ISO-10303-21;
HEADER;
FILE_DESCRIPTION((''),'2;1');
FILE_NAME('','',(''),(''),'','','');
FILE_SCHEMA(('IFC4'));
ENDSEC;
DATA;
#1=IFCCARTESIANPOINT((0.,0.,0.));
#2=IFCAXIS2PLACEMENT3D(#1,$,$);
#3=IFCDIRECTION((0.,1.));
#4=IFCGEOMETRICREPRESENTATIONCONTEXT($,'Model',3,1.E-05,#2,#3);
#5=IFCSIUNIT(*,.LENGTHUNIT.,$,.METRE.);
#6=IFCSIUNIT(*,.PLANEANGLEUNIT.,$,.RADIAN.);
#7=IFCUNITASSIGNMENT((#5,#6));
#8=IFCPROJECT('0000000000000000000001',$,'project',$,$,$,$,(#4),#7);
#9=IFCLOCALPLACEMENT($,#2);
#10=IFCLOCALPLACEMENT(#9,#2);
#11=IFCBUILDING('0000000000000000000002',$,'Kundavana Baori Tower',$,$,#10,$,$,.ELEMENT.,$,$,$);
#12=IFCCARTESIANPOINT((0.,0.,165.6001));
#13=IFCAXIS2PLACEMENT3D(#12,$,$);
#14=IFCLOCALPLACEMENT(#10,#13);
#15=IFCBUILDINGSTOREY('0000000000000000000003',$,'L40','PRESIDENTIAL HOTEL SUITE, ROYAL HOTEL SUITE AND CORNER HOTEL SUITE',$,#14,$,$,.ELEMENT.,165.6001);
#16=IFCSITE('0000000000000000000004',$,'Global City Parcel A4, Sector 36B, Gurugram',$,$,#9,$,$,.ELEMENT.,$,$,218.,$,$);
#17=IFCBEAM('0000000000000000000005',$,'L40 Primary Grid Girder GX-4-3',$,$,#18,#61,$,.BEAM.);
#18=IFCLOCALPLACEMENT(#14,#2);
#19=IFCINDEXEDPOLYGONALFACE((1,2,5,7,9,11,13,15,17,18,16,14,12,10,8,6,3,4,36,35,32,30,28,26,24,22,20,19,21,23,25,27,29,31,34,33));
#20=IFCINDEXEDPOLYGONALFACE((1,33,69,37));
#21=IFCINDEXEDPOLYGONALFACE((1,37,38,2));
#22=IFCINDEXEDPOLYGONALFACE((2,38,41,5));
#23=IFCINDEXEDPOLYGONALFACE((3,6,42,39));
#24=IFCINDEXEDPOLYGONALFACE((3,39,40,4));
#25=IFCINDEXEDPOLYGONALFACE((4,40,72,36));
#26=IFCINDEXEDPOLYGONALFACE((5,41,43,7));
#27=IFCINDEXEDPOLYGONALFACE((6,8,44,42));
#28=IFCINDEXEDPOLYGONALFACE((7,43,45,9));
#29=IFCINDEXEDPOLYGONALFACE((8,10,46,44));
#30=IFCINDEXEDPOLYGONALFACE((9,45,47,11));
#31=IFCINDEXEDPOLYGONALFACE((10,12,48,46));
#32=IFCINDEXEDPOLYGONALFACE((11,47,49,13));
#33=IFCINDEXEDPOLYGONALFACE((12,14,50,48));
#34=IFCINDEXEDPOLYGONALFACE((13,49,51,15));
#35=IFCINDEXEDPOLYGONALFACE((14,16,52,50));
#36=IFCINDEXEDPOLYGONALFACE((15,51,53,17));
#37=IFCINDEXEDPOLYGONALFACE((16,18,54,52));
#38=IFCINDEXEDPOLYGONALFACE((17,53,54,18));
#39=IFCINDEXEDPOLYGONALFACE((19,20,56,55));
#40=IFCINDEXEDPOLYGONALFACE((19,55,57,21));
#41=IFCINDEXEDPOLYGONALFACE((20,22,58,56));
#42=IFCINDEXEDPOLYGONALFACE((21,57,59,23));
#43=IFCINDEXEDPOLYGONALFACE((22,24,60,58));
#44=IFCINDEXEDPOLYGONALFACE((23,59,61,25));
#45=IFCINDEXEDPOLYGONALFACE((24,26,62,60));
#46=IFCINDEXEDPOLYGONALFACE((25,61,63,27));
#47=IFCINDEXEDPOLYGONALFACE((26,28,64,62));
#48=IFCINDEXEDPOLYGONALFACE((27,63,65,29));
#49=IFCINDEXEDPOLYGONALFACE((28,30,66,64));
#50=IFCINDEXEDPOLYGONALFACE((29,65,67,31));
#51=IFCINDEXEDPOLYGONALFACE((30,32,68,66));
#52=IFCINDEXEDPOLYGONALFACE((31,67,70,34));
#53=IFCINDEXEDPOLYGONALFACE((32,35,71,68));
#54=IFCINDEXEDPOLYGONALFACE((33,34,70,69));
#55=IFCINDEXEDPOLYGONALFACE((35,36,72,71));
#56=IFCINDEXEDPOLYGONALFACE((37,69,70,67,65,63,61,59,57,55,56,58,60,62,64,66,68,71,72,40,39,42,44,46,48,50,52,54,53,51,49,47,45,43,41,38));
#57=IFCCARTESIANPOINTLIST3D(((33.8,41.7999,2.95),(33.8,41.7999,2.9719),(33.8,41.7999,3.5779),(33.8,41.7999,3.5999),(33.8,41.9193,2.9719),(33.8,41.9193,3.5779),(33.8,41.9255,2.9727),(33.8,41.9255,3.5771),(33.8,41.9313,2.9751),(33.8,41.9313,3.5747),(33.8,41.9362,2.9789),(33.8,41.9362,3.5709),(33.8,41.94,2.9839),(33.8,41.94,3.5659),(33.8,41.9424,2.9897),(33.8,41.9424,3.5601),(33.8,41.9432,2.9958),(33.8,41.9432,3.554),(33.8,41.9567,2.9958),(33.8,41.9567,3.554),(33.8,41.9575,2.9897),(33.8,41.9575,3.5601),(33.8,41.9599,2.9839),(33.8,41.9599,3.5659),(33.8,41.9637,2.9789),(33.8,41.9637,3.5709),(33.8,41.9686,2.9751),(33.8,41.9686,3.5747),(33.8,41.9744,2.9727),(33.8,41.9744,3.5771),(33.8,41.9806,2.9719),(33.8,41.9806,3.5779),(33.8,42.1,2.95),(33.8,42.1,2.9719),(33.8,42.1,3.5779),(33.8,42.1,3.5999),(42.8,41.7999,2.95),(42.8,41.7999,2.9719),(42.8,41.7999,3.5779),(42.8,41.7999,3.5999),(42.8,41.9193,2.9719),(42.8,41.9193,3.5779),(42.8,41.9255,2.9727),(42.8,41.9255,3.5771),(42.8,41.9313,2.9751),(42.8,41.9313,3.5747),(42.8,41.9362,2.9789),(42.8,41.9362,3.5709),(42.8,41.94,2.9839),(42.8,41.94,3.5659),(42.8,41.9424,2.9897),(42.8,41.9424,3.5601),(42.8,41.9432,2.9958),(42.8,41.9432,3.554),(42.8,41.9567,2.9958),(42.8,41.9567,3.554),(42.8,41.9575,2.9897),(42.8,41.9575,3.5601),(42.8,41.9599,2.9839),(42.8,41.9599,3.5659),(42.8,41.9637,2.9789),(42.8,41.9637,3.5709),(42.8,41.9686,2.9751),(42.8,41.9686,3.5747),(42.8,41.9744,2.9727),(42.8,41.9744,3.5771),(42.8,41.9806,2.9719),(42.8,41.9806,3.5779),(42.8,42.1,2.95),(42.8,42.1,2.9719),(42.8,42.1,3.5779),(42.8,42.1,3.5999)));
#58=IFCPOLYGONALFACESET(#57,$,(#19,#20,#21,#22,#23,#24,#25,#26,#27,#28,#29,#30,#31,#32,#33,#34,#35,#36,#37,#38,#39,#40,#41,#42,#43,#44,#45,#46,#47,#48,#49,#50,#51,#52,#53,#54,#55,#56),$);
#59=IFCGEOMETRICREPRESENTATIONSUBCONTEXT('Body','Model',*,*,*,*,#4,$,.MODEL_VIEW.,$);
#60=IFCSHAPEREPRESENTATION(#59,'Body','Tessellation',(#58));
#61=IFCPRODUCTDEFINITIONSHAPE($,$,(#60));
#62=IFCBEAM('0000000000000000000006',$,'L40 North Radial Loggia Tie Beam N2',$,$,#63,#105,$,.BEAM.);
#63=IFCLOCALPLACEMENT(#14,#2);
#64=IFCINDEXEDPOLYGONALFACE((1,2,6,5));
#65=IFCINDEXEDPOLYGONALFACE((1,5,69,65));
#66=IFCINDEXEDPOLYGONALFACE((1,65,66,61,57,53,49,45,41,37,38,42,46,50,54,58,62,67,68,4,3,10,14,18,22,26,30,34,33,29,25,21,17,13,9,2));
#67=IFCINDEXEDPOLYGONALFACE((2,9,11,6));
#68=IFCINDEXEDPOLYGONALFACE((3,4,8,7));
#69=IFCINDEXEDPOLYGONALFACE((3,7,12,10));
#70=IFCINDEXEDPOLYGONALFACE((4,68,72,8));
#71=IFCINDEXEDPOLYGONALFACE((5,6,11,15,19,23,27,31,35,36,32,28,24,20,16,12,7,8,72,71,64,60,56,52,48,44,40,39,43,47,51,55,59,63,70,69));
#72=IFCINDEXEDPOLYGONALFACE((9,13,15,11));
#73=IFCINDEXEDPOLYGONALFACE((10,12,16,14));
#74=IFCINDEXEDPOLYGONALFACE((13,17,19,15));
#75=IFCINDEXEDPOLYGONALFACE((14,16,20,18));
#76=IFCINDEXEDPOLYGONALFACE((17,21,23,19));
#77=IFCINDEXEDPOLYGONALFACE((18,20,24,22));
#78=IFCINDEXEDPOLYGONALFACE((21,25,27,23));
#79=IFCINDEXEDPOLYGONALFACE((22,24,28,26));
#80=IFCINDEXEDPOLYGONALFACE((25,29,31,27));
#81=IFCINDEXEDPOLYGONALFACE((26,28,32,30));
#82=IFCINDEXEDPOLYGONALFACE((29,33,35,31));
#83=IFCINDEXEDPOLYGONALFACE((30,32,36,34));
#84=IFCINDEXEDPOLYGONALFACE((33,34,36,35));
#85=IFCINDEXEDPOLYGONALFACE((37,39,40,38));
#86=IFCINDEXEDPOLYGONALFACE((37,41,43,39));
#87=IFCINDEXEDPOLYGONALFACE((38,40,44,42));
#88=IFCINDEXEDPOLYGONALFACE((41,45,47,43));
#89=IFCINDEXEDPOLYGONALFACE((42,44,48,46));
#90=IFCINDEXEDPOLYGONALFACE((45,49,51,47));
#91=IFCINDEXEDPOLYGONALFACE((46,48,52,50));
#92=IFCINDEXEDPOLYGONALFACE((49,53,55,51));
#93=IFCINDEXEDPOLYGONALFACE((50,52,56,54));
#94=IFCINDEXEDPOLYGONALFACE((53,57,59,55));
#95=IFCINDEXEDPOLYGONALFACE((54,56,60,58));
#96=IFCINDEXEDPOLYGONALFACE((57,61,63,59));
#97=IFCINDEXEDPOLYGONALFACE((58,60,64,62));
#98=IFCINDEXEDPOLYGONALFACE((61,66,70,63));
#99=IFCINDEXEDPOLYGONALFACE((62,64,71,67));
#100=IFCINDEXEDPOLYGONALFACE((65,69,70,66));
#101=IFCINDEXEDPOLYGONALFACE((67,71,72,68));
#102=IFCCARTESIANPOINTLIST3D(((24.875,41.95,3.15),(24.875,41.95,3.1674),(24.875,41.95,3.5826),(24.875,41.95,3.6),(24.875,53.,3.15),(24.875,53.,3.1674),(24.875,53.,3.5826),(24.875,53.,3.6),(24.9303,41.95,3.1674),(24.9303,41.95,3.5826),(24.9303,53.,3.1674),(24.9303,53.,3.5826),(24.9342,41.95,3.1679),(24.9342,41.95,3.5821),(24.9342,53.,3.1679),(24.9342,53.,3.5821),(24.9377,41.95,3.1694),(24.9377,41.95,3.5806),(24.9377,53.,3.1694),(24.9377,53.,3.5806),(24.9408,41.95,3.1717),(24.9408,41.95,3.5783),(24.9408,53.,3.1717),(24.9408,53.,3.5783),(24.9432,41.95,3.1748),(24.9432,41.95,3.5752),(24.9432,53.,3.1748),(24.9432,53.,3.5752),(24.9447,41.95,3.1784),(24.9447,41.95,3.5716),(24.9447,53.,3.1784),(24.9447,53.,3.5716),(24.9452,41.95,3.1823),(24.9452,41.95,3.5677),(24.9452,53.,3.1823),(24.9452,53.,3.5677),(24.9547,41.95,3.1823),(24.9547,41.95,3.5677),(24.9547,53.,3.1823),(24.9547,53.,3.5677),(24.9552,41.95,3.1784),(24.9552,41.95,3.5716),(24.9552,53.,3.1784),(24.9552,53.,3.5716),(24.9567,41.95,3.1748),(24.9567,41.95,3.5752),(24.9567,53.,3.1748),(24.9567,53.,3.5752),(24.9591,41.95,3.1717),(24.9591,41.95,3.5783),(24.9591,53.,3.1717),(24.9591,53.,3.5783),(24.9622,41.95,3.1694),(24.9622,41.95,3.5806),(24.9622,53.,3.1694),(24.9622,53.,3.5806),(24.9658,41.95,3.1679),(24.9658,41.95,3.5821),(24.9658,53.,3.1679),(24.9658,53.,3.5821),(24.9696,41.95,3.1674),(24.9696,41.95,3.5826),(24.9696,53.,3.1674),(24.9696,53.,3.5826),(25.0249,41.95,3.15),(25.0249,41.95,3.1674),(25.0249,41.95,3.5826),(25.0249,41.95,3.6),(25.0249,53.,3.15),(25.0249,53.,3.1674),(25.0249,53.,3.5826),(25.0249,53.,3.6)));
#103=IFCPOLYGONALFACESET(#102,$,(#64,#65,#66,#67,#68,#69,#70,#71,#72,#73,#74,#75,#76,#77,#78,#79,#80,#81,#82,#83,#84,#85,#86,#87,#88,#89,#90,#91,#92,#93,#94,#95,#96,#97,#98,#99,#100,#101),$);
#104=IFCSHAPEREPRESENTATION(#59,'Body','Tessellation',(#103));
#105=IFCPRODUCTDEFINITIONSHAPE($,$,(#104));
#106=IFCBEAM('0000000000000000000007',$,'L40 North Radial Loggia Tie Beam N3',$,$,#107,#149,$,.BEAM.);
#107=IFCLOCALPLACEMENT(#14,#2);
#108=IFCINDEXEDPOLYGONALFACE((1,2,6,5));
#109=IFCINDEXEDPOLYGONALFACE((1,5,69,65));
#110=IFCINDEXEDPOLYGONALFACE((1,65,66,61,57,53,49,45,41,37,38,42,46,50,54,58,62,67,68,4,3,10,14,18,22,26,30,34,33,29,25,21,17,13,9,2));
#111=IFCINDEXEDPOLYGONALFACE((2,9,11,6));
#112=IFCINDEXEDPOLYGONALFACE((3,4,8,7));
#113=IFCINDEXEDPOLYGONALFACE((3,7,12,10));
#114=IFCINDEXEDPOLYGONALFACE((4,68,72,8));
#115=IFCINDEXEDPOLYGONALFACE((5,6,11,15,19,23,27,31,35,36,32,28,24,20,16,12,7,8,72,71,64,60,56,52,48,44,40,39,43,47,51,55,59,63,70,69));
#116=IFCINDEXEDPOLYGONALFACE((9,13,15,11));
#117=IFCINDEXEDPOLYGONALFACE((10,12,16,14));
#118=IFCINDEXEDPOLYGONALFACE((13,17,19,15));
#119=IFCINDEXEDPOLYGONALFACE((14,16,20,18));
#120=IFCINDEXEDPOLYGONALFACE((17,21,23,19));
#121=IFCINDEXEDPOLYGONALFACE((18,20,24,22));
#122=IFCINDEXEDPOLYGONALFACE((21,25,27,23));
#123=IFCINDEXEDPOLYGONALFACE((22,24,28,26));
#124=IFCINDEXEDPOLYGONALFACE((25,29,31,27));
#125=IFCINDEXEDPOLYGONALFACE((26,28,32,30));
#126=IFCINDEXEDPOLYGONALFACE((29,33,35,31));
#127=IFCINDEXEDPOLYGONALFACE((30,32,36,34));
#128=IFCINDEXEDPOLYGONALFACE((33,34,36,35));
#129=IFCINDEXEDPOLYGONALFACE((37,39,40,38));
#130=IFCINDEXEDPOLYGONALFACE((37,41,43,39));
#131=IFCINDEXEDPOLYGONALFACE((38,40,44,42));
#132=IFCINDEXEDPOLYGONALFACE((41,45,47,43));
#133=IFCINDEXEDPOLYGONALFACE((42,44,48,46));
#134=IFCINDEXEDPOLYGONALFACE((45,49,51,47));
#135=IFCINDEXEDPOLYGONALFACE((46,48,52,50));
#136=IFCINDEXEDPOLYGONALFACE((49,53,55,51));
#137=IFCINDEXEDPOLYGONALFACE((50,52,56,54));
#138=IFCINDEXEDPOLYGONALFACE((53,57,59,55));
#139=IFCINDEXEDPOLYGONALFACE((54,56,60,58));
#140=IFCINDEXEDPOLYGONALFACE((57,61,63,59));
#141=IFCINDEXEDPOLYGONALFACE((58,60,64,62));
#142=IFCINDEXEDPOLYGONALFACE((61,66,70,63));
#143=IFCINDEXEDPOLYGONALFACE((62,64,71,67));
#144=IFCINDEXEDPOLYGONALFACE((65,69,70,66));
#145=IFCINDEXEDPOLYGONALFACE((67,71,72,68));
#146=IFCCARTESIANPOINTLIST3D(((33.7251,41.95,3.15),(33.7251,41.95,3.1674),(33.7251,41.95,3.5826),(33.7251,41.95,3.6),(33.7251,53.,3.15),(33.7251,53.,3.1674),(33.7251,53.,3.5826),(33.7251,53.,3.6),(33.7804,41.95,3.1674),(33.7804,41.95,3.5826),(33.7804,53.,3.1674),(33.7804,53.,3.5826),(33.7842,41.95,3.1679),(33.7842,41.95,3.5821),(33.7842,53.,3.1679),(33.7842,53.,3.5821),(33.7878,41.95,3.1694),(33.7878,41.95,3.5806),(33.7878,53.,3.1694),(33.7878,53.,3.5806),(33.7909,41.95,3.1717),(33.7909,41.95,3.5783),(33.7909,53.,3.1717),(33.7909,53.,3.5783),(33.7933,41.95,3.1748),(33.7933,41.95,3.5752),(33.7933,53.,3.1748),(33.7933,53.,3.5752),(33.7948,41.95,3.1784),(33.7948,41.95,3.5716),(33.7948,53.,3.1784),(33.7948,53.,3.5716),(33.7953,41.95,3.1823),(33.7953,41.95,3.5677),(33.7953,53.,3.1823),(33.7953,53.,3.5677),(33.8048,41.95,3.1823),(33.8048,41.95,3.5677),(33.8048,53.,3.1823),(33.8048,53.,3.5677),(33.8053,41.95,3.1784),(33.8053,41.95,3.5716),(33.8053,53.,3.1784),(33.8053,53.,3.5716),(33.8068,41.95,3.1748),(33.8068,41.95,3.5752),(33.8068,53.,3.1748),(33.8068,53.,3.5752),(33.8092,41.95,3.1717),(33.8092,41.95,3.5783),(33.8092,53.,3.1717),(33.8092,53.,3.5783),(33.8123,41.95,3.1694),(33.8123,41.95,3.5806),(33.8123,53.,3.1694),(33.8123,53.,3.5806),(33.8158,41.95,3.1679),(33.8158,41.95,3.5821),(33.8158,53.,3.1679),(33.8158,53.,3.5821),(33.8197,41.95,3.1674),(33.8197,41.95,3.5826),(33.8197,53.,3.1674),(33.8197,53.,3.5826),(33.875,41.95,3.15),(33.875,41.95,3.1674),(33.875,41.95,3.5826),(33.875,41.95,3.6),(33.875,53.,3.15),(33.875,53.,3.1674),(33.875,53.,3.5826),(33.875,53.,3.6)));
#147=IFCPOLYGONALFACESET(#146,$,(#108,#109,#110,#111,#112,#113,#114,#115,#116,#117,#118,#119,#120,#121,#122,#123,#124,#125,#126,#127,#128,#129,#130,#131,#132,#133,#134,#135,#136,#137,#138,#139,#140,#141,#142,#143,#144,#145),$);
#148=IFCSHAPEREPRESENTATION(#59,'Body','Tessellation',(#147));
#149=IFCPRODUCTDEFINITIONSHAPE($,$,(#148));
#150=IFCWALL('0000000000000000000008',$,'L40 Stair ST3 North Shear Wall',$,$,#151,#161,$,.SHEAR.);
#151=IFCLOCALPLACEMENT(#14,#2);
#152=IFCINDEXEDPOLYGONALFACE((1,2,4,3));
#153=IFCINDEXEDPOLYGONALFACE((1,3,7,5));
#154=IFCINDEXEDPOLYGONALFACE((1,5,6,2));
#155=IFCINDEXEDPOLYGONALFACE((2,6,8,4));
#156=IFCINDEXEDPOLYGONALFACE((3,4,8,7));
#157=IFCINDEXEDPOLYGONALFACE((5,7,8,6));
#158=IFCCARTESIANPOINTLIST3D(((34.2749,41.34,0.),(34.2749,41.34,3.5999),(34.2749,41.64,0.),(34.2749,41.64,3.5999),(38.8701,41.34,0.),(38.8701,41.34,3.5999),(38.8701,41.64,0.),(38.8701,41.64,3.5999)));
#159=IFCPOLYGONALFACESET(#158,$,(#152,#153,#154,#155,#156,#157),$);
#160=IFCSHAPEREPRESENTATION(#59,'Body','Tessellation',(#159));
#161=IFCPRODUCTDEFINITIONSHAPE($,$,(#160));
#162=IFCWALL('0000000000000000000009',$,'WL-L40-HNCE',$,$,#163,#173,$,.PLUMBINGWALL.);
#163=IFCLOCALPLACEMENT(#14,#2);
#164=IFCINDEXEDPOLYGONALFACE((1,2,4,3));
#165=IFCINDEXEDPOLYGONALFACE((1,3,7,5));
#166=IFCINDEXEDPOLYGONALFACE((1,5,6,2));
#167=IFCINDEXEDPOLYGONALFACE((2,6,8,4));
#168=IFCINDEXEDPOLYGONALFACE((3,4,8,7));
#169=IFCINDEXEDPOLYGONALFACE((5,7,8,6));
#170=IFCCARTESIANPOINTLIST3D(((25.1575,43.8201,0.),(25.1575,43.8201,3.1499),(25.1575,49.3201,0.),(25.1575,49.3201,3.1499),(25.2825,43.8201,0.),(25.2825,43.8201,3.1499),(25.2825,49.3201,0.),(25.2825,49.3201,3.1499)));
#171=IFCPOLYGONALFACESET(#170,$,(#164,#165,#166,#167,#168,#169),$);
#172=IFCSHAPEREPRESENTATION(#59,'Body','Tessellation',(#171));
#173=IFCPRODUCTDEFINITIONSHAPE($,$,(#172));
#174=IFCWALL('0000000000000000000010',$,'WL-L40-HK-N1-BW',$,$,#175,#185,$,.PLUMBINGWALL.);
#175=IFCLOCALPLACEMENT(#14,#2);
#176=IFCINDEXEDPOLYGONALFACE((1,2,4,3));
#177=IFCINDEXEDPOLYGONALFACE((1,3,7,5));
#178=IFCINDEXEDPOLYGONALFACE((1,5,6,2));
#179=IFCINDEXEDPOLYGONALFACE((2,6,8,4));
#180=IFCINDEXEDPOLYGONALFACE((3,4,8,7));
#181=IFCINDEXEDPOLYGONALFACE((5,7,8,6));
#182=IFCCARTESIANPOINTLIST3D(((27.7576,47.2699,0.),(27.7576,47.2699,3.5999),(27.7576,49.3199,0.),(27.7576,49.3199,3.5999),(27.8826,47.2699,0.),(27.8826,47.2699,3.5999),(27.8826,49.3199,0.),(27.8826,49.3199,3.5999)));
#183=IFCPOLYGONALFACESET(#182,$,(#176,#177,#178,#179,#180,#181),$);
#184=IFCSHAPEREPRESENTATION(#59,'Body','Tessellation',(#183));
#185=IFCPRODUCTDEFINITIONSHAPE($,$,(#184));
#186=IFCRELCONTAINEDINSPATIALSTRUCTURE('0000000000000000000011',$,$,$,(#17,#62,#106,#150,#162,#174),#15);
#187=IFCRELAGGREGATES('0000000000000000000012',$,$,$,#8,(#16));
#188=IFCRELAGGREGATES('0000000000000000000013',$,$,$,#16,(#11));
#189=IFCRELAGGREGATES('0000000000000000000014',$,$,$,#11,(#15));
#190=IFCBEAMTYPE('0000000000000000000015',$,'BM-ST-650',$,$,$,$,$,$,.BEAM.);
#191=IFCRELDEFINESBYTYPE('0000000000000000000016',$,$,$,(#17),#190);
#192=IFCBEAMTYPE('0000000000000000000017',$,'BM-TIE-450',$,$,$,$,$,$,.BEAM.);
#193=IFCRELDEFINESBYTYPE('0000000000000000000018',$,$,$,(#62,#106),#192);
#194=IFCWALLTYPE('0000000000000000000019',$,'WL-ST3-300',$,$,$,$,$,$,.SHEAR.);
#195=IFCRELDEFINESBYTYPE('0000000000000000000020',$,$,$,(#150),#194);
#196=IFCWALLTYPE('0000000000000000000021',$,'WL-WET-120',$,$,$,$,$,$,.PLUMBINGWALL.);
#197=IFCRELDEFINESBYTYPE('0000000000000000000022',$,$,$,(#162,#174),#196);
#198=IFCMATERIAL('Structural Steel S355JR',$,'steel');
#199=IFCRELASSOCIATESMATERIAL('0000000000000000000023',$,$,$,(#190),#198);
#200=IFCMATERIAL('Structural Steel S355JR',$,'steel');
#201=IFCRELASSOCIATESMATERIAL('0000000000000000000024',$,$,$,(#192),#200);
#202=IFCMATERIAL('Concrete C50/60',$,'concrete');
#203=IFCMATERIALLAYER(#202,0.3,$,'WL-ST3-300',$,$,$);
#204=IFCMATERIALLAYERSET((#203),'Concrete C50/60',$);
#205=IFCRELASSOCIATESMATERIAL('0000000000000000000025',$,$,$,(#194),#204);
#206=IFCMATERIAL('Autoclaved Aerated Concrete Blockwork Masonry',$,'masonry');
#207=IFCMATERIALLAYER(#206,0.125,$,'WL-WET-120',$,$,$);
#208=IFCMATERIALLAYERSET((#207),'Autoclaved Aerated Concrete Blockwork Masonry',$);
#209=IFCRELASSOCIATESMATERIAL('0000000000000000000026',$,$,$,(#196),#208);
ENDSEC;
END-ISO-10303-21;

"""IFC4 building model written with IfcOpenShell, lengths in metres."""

from ifc_helpers import new_model, si_unit, direction, frame, frame_2d, origin, origin_2d, place, context, subcontext, project, spatial, rectangle, i_section, extrude, material, layer, layer_set, material_profile, profile_set, type_object, element, save


model = new_model("IFC4")

# Units and contexts
model_context = context("Model", 3, precision=1e-05, world=origin(), true_north=direction((0.0, 1.0)))
body_context = subcontext(model_context, "Body", "Model", "MODEL_VIEW")
ifc_project = project(units=[si_unit("LENGTHUNIT", "METRE"), si_unit("PLANEANGLEUNIT", "RADIAN")], contexts=[model_context])

# Site, building, storey
site_placement = place(None, origin())
site = spatial("IfcSite", under=ifc_project, at=site_placement, Name="Global City Parcel A4, Sector 36B, Gurugram", CompositionType="ELEMENT", RefElevation=218.0)
building_placement = place(site_placement, origin())
building = spatial("IfcBuilding", under=site, at=building_placement, Name="Kundavana Baori Tower", CompositionType="ELEMENT")
storey_placement = place(building_placement, frame((0.0, 0.0, 165.6001)))
storey = spatial("IfcBuildingStorey", under=building, at=storey_placement, Name="L40", Description="PRESIDENTIAL HOTEL SUITE, ROYAL HOTEL SUITE AND CORNER HOTEL SUITE", CompositionType="ELEMENT", Elevation=165.6001)

# Beams
ifc_material_1 = material(Name="Structural Steel S355JR", Category="steel")
ifc_material_profile_1 = material_profile(ifc_material_1, i_section(OverallWidth=0.3, OverallDepth=0.6499, WebThickness=0.0134, FlangeThickness=0.022, FilletRadius=0.0239, at=origin_2d()), Name="NPB 650x300x155")
ifc_profile_set_1 = profile_set([ifc_material_profile_1], Name="Structural Steel S355JR")
beam_type_1 = type_object("IfcBeamType", Name="BM-ST-650", PredefinedType="BEAM", material=ifc_profile_set_1)
beam_1_placement = place(storey_placement, frame((33.8, 41.95, 3.2749), z_axis=(1.0, 0.0, 0.0), x_axis=(0.0, 1.0, 0.0)))
element("IfcBeam", 1, at=beam_1_placement, inside=storey, type_object=beam_type_1, Name="L40 Primary Grid Girder GX-4-3", PredefinedType="BEAM", context=body_context, shape_type="SweptSolid", body=[
    extrude(i_section(OverallWidth=0.3, OverallDepth=0.6499, WebThickness=0.0134, FlangeThickness=0.022, FilletRadius=0.0239, at=origin_2d()), origin(), (0.0, 0.0, 1.0), 9.0),
])
ifc_material_2 = material(Name="Structural Steel S355JR", Category="steel")
ifc_material_profile_2 = material_profile(ifc_material_2, i_section(OverallWidth=0.1499, OverallDepth=0.45, WebThickness=0.0095, FlangeThickness=0.0173, FilletRadius=0.0149, at=origin_2d()), Name="ISMB 450")
ifc_profile_set_2 = profile_set([ifc_material_profile_2], Name="Structural Steel S355JR")
beam_type_2 = type_object("IfcBeamType", Name="BM-TIE-450", PredefinedType="BEAM", material=ifc_profile_set_2)
for number, where, z_axis, x_axis, name in (
    (2, (24.95, 41.95, 3.375), (0.0, 1.0, 0.0), (-1.0, 0.0, 0.0), "L40 North Radial Loggia Tie Beam N2"),
    (3, (33.8, 41.95, 3.375), (0.0, 1.0, 0.0), (-1.0, 0.0, 0.0), "L40 North Radial Loggia Tie Beam N3"),
):
    element("IfcBeam", number, at=place(storey_placement, frame(where, z_axis=z_axis, x_axis=x_axis)), inside=storey, type_object=beam_type_2, Name=name, PredefinedType="BEAM", context=body_context, shape_type="SweptSolid", body=[
        extrude(i_section(OverallWidth=0.1499, OverallDepth=0.45, WebThickness=0.0095, FlangeThickness=0.0173, FilletRadius=0.0149, at=origin_2d()), origin(), (0.0, 0.0, 1.0), 11.05),
    ])

# Walls
ifc_material_3 = material(Name="Concrete C50/60", Category="concrete")
ifc_layer_1 = layer(ifc_material_3, 0.3, Name="WL-ST3-300")
ifc_layer_set_1 = layer_set([ifc_layer_1], Name="Concrete C50/60")
wall_type_1 = type_object("IfcWallType", Name="WL-ST3-300", PredefinedType="SHEAR", material=ifc_layer_set_1)
wall_1_placement = place(storey_placement, frame((34.2749, 41.49, 0.0), z_axis=(0.0, 0.0, 1.0), x_axis=(1.0, 0.0, 0.0)))
element("IfcWall", 4, at=wall_1_placement, inside=storey, type_object=wall_type_1, Name="L40 Stair ST3 North Shear Wall", PredefinedType="SHEAR", context=body_context, shape_type="SweptSolid", body=[
    extrude(rectangle(XDim=4.5952, YDim=0.3, at=frame_2d((2.2976, 0.0))), origin(), (0.0, 0.0, 1.0), 3.5999),
])
ifc_material_4 = material(Name="Autoclaved Aerated Concrete Blockwork Masonry", Category="masonry")
ifc_layer_2 = layer(ifc_material_4, 0.125, Name="WL-WET-120")
ifc_layer_set_2 = layer_set([ifc_layer_2], Name="Autoclaved Aerated Concrete Blockwork Masonry")
wall_type_2 = type_object("IfcWallType", Name="WL-WET-120", PredefinedType="PLUMBINGWALL", material=ifc_layer_set_2)
wall_2_placement = place(storey_placement, frame((25.22, 43.8201, 0.0), z_axis=(0.0, 0.0, 1.0), x_axis=(0.0, 1.0, 0.0)))
element("IfcWall", 5, at=wall_2_placement, inside=storey, type_object=wall_type_2, Name="WL-L40-HNCE", PredefinedType="PLUMBINGWALL", context=body_context, shape_type="SweptSolid", body=[
    extrude(rectangle(XDim=5.5, YDim=0.125, at=frame_2d((2.75, 0.0))), origin(), (0.0, 0.0, 1.0), 3.1499),
])
wall_3_placement = place(storey_placement, frame((27.8201, 47.27, 0.0), z_axis=(0.0, 0.0, 1.0), x_axis=(0.0, 1.0, 0.0)))
element("IfcWall", 6, at=wall_3_placement, inside=storey, type_object=wall_type_2, Name="WL-L40-HK-N1-BW", PredefinedType="PLUMBINGWALL", context=body_context, shape_type="SweptSolid", body=[
    extrude(rectangle(XDim=2.05, YDim=0.125, at=frame_2d((1.0249, 0.0))), origin(), (0.0, 0.0, 1.0), 3.5999),
])

save(model, "model.ifc")
